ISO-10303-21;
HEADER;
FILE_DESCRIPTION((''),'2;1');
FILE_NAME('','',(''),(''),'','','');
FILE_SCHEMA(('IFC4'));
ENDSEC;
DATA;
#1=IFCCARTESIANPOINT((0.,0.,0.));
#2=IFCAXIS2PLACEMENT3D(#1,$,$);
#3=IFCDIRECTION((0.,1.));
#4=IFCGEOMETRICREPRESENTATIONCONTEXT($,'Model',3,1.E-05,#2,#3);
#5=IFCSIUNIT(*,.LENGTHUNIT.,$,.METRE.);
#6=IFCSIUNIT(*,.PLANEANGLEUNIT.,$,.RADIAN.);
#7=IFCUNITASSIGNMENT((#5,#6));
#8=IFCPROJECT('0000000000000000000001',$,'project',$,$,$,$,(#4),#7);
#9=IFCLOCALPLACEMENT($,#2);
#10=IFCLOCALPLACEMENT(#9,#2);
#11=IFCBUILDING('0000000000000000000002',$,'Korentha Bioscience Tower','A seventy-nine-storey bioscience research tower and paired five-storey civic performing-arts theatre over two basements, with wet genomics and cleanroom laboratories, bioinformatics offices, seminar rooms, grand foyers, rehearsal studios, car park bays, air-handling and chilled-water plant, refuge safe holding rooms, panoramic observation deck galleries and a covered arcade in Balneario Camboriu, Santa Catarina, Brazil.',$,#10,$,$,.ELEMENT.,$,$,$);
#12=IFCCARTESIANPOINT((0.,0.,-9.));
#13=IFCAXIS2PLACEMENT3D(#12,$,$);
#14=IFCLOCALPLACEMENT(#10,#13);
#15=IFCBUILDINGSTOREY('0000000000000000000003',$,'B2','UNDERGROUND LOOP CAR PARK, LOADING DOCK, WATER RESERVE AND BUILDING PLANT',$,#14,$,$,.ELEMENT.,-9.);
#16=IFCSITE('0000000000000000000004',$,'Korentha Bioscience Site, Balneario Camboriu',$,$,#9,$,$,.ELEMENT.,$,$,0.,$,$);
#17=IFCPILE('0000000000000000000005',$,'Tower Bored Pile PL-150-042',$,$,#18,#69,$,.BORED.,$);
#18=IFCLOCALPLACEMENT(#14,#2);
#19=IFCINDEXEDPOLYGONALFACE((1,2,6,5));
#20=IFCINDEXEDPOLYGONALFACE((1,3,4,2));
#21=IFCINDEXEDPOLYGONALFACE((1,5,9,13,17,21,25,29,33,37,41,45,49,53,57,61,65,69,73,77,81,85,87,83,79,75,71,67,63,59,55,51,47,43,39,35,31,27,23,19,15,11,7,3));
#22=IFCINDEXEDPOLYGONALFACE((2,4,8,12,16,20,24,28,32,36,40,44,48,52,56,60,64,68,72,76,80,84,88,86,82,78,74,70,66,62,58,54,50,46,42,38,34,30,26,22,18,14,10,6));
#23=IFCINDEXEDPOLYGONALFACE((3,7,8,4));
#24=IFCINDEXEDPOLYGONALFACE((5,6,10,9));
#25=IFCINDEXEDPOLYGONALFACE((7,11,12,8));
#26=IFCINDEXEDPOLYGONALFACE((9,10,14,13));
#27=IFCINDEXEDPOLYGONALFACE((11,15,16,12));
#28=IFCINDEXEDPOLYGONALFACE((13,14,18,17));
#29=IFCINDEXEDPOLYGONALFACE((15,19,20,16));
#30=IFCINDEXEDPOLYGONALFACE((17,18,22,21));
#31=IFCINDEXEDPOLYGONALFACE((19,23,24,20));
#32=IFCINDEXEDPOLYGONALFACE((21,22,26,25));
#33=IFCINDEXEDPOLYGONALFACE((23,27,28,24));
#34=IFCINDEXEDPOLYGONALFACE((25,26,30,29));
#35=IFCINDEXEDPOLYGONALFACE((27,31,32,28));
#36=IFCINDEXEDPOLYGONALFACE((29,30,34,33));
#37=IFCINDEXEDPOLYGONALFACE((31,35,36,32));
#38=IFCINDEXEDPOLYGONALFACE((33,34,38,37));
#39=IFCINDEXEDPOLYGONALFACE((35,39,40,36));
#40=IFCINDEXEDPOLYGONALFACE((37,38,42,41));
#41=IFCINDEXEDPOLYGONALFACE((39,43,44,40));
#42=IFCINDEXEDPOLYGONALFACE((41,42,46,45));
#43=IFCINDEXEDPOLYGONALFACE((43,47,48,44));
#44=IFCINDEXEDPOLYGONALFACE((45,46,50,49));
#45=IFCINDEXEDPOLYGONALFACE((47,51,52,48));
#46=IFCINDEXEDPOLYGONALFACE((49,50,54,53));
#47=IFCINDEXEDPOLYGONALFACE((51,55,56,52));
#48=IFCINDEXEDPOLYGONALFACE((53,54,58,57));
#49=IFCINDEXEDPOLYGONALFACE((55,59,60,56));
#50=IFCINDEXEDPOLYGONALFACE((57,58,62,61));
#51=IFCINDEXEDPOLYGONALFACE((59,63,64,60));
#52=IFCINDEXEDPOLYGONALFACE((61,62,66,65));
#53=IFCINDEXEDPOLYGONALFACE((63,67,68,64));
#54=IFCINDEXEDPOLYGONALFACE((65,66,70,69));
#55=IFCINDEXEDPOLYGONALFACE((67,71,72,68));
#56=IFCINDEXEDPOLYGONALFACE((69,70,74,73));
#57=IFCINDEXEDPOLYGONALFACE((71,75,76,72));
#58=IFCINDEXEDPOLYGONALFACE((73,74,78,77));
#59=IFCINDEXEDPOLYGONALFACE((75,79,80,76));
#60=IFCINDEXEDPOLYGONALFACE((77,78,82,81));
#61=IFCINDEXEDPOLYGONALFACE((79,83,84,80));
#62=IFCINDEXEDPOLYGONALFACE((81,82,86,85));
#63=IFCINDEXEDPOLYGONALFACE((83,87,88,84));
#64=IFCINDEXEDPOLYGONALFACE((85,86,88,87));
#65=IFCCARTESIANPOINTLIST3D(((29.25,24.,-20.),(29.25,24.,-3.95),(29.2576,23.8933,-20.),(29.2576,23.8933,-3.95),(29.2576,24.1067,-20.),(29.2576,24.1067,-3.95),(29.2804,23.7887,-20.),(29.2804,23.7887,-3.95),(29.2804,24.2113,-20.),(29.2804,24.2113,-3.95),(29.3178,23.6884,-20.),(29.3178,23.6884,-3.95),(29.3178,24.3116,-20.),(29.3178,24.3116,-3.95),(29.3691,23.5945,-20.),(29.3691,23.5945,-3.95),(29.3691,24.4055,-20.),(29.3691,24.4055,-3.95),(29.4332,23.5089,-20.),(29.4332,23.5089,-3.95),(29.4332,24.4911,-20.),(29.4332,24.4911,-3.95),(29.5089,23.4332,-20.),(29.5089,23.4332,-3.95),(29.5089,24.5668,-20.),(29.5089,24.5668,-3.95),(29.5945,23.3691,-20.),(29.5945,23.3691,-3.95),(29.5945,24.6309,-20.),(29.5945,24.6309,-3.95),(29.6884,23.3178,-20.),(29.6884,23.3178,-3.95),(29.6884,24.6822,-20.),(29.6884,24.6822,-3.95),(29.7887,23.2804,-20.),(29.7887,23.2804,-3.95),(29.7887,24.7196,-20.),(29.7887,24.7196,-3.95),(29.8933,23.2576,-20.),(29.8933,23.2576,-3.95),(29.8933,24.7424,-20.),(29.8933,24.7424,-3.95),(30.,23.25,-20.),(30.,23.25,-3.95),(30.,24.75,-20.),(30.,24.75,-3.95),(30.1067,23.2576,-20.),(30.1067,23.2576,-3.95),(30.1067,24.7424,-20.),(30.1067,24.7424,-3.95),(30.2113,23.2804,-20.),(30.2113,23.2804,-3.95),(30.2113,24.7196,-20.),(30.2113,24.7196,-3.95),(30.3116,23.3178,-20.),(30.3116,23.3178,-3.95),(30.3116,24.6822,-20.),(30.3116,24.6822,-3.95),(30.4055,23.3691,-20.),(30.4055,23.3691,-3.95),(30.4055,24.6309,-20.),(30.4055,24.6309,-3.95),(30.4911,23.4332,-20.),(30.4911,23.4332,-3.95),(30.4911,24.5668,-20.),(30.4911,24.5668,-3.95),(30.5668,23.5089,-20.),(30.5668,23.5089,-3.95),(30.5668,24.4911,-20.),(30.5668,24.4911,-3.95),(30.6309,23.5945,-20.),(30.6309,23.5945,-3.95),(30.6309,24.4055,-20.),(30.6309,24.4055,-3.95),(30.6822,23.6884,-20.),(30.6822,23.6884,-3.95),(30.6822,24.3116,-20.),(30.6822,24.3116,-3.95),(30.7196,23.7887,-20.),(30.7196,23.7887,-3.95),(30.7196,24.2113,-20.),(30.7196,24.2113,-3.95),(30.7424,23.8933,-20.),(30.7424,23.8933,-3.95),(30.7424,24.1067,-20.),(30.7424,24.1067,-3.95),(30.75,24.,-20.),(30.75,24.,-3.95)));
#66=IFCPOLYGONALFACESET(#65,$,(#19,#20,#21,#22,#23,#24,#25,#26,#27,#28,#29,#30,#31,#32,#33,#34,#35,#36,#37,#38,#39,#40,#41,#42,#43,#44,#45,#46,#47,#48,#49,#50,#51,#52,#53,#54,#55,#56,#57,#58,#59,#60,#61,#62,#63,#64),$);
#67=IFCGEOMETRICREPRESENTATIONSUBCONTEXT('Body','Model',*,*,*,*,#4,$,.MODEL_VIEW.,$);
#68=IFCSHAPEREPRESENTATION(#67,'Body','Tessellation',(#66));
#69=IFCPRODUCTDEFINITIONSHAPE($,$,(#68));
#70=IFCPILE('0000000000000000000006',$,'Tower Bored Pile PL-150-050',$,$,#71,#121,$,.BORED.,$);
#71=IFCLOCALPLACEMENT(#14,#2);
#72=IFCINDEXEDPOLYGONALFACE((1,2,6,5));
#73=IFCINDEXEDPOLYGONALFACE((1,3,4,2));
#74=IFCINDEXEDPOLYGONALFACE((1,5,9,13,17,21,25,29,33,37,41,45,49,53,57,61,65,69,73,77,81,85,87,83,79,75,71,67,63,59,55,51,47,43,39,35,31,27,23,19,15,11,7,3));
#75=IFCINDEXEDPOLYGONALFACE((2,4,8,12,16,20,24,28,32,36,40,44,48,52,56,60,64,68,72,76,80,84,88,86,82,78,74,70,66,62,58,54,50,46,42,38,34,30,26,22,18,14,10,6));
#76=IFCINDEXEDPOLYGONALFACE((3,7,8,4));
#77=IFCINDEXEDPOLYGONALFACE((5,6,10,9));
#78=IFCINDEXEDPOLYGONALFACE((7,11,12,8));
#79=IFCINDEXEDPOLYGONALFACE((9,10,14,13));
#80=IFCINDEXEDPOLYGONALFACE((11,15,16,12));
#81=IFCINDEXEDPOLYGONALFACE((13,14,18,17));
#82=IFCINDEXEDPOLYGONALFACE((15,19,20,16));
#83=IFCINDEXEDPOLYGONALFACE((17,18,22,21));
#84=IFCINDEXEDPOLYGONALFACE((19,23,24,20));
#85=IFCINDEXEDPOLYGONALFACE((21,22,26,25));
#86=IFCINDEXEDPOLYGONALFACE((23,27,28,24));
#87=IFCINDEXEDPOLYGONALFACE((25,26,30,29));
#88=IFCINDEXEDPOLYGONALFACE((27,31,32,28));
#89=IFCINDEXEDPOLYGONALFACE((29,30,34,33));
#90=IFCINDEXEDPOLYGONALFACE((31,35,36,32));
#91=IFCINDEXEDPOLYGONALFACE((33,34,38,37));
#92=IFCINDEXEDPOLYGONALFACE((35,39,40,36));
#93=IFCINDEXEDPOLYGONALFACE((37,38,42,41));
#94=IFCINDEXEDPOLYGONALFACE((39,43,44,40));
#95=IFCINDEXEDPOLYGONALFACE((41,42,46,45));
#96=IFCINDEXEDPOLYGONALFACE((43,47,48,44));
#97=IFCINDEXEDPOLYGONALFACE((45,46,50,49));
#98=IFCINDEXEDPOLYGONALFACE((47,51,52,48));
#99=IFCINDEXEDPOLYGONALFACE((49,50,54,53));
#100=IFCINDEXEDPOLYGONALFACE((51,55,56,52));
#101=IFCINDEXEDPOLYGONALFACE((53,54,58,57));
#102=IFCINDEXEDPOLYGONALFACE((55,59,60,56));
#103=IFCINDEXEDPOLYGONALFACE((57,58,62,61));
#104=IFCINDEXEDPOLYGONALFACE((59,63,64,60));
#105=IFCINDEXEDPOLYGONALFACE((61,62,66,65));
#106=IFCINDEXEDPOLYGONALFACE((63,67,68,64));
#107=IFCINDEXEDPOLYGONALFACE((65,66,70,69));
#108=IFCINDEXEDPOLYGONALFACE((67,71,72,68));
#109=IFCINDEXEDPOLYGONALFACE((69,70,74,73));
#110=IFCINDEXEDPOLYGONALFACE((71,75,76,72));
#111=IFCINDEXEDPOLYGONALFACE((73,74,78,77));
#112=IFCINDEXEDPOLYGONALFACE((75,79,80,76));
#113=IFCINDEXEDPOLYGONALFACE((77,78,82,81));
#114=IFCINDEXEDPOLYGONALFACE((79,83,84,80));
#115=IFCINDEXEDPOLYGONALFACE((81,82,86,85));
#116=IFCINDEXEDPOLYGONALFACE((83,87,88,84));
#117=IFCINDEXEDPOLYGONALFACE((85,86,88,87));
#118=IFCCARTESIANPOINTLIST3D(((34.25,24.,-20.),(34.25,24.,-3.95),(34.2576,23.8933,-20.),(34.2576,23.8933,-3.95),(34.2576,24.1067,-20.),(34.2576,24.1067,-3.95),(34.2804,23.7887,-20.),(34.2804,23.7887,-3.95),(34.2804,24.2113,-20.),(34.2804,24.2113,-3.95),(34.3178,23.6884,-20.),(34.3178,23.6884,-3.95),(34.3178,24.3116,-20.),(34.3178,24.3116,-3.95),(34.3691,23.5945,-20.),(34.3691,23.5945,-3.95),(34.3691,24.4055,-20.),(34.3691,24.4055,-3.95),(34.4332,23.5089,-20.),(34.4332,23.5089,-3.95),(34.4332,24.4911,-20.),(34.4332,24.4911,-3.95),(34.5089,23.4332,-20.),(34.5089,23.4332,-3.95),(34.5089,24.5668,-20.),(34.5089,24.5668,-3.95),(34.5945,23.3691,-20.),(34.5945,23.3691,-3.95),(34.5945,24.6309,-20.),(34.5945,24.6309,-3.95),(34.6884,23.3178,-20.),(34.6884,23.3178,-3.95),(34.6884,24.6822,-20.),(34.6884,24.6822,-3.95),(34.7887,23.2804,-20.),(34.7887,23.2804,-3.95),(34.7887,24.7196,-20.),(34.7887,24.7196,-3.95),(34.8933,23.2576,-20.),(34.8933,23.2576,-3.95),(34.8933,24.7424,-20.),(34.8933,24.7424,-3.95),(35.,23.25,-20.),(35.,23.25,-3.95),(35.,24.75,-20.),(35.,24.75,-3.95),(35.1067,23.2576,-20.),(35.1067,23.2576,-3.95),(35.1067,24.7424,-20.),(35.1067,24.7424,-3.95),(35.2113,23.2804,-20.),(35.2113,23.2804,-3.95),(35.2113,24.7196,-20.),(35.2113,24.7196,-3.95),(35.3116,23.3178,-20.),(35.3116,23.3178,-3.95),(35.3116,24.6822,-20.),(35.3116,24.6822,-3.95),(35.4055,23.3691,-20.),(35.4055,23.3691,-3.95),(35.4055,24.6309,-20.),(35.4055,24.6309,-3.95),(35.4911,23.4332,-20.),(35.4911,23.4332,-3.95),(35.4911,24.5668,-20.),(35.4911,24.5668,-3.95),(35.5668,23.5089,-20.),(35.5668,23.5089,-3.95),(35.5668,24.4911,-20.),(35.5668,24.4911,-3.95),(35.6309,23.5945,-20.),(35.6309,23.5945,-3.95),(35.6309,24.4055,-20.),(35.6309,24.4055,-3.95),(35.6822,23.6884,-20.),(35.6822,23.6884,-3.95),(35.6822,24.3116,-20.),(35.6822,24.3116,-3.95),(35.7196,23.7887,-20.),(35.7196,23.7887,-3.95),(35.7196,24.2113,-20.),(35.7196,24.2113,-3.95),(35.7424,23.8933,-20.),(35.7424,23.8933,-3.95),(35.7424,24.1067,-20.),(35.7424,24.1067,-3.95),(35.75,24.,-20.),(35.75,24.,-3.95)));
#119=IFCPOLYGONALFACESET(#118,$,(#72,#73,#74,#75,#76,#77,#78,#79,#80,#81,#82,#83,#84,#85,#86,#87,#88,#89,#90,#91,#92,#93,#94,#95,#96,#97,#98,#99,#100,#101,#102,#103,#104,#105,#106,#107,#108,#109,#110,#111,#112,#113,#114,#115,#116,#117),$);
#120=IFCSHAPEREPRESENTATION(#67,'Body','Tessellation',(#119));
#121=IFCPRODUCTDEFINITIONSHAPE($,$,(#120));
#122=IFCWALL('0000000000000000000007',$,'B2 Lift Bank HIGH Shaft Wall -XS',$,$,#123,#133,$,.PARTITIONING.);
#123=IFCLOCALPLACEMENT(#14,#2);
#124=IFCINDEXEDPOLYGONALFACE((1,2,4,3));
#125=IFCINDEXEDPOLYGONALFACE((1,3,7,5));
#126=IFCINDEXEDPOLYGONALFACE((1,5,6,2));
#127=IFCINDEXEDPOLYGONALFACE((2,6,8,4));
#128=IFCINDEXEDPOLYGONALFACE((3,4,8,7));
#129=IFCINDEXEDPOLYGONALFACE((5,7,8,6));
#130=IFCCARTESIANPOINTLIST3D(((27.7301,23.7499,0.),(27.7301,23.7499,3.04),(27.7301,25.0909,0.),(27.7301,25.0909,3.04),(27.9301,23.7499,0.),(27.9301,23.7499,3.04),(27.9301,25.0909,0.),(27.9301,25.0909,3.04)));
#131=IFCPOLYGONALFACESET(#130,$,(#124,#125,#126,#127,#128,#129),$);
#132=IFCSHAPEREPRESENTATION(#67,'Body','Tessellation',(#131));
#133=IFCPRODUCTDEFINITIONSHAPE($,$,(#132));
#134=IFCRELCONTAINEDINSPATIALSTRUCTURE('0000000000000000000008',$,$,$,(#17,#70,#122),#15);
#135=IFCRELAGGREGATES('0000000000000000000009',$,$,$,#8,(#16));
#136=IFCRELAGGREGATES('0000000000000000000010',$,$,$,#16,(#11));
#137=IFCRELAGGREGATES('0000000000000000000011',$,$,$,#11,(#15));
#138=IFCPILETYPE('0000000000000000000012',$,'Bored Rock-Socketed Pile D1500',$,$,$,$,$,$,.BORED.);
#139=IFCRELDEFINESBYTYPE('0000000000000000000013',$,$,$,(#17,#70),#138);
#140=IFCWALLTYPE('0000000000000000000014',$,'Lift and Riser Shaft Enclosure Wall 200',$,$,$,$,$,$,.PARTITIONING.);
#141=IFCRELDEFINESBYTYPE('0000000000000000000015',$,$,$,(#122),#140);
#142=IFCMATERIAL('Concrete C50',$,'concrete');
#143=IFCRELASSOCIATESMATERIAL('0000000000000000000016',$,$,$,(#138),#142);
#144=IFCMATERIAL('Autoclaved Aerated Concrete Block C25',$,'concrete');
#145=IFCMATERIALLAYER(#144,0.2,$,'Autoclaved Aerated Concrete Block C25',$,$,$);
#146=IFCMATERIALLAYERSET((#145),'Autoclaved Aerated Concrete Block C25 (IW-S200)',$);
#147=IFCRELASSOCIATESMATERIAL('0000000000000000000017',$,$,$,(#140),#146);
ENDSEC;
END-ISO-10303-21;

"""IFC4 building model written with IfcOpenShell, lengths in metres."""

from ifc_helpers import new_model, si_unit, direction, frame, frame_2d, origin, origin_2d, place, context, subcontext, project, spatial, rectangle, circle, extrude, material, layer, layer_set, material_profile, profile_set, type_object, element, save


model = new_model("IFC4")

# Units and contexts
model_context = context("Model", 3, precision=1e-05, world=origin(), true_north=direction((0.0, 1.0)))
body_context = subcontext(model_context, "Body", "Model", "MODEL_VIEW")
ifc_project = project(units=[si_unit("LENGTHUNIT", "METRE"), si_unit("PLANEANGLEUNIT", "RADIAN")], contexts=[model_context])

# Site, building, storey
site_placement = place(None, origin())
site = spatial("IfcSite", under=ifc_project, at=site_placement, Name="Korentha Bioscience Site, Balneario Camboriu", CompositionType="ELEMENT", RefElevation=0.0)
building_placement = place(site_placement, origin())
building = spatial("IfcBuilding", under=site, at=building_placement, Name="Korentha Bioscience Tower", Description="A seventy-nine-storey bioscience research tower and paired five-storey civic performing-arts theatre over two basements, with wet genomics and cleanroom laboratories, bioinformatics offices, seminar rooms, grand foyers, rehearsal studios, car park bays, air-handling and chilled-water plant, refuge safe holding rooms, panoramic observation deck galleries and a covered arcade in Balneario Camboriu, Santa Catarina, Brazil.", CompositionType="ELEMENT")
storey_placement = place(building_placement, frame((0.0, 0.0, -9.0)))
storey = spatial("IfcBuildingStorey", under=building, at=storey_placement, Name="B2", Description="UNDERGROUND LOOP CAR PARK, LOADING DOCK, WATER RESERVE AND BUILDING PLANT", CompositionType="ELEMENT", Elevation=-9.0)

# Piles
ifc_material_1 = material(Name="Concrete C50", Category="concrete")
ifc_material_profile = material_profile(ifc_material_1, circle(Radius=0.75, at=origin_2d()), Name="Concrete C50")
ifc_profile_set = profile_set([ifc_material_profile], Name="Concrete C50 (PL-150)")
pile_type = type_object("IfcPileType", Name="Bored Rock-Socketed Pile D1500", PredefinedType="BORED", material=ifc_profile_set)
for number, where, z_axis, x_axis, name in (
    (1, (30.0, 24.0, -3.95), (0.0, 0.0, -1.0), (1.0, 0.0, 0.0), "Tower Bored Pile PL-150-042"),
    (2, (35.0, 24.0, -3.95), (0.0, 0.0, -1.0), (1.0, 0.0, 0.0), "Tower Bored Pile PL-150-050"),
):
    element("IfcPile", number, at=place(storey_placement, frame(where, z_axis=z_axis, x_axis=x_axis)), inside=storey, type_object=pile_type, Name=name, PredefinedType="BORED", context=body_context, shape_type="SweptSolid", body=[
        extrude(circle(Radius=0.75, at=origin_2d()), origin(), (0.0, 0.0, 1.0), 16.05),
    ])

# Wall
ifc_material_2 = material(Name="Autoclaved Aerated Concrete Block C25", Category="concrete")
ifc_layer_1 = layer(ifc_material_2, 0.2, Name="Autoclaved Aerated Concrete Block C25")
ifc_layer_set_1 = layer_set([ifc_layer_1], Name="Autoclaved Aerated Concrete Block C25 (IW-S200)")
wall_type_1 = type_object("IfcWallType", Name="Lift and Riser Shaft Enclosure Wall 200", PredefinedType="PARTITIONING", material=ifc_layer_set_1)
wall_1_placement = place(storey_placement, frame((27.8301, 23.75, 0.0), z_axis=(0.0, 0.0, 1.0), x_axis=(0.0, 1.0, 0.0)))
element("IfcWall", 3, at=wall_1_placement, inside=storey, type_object=wall_type_1, Name="B2 Lift Bank HIGH Shaft Wall -XS", PredefinedType="PARTITIONING", context=body_context, shape_type="SweptSolid", body=[
    extrude(rectangle(XDim=1.3411, YDim=0.2, at=frame_2d((0.6704, 0.0))), origin(), (0.0, 0.0, 1.0), 3.04),
])

save(model, "model.ifc")
